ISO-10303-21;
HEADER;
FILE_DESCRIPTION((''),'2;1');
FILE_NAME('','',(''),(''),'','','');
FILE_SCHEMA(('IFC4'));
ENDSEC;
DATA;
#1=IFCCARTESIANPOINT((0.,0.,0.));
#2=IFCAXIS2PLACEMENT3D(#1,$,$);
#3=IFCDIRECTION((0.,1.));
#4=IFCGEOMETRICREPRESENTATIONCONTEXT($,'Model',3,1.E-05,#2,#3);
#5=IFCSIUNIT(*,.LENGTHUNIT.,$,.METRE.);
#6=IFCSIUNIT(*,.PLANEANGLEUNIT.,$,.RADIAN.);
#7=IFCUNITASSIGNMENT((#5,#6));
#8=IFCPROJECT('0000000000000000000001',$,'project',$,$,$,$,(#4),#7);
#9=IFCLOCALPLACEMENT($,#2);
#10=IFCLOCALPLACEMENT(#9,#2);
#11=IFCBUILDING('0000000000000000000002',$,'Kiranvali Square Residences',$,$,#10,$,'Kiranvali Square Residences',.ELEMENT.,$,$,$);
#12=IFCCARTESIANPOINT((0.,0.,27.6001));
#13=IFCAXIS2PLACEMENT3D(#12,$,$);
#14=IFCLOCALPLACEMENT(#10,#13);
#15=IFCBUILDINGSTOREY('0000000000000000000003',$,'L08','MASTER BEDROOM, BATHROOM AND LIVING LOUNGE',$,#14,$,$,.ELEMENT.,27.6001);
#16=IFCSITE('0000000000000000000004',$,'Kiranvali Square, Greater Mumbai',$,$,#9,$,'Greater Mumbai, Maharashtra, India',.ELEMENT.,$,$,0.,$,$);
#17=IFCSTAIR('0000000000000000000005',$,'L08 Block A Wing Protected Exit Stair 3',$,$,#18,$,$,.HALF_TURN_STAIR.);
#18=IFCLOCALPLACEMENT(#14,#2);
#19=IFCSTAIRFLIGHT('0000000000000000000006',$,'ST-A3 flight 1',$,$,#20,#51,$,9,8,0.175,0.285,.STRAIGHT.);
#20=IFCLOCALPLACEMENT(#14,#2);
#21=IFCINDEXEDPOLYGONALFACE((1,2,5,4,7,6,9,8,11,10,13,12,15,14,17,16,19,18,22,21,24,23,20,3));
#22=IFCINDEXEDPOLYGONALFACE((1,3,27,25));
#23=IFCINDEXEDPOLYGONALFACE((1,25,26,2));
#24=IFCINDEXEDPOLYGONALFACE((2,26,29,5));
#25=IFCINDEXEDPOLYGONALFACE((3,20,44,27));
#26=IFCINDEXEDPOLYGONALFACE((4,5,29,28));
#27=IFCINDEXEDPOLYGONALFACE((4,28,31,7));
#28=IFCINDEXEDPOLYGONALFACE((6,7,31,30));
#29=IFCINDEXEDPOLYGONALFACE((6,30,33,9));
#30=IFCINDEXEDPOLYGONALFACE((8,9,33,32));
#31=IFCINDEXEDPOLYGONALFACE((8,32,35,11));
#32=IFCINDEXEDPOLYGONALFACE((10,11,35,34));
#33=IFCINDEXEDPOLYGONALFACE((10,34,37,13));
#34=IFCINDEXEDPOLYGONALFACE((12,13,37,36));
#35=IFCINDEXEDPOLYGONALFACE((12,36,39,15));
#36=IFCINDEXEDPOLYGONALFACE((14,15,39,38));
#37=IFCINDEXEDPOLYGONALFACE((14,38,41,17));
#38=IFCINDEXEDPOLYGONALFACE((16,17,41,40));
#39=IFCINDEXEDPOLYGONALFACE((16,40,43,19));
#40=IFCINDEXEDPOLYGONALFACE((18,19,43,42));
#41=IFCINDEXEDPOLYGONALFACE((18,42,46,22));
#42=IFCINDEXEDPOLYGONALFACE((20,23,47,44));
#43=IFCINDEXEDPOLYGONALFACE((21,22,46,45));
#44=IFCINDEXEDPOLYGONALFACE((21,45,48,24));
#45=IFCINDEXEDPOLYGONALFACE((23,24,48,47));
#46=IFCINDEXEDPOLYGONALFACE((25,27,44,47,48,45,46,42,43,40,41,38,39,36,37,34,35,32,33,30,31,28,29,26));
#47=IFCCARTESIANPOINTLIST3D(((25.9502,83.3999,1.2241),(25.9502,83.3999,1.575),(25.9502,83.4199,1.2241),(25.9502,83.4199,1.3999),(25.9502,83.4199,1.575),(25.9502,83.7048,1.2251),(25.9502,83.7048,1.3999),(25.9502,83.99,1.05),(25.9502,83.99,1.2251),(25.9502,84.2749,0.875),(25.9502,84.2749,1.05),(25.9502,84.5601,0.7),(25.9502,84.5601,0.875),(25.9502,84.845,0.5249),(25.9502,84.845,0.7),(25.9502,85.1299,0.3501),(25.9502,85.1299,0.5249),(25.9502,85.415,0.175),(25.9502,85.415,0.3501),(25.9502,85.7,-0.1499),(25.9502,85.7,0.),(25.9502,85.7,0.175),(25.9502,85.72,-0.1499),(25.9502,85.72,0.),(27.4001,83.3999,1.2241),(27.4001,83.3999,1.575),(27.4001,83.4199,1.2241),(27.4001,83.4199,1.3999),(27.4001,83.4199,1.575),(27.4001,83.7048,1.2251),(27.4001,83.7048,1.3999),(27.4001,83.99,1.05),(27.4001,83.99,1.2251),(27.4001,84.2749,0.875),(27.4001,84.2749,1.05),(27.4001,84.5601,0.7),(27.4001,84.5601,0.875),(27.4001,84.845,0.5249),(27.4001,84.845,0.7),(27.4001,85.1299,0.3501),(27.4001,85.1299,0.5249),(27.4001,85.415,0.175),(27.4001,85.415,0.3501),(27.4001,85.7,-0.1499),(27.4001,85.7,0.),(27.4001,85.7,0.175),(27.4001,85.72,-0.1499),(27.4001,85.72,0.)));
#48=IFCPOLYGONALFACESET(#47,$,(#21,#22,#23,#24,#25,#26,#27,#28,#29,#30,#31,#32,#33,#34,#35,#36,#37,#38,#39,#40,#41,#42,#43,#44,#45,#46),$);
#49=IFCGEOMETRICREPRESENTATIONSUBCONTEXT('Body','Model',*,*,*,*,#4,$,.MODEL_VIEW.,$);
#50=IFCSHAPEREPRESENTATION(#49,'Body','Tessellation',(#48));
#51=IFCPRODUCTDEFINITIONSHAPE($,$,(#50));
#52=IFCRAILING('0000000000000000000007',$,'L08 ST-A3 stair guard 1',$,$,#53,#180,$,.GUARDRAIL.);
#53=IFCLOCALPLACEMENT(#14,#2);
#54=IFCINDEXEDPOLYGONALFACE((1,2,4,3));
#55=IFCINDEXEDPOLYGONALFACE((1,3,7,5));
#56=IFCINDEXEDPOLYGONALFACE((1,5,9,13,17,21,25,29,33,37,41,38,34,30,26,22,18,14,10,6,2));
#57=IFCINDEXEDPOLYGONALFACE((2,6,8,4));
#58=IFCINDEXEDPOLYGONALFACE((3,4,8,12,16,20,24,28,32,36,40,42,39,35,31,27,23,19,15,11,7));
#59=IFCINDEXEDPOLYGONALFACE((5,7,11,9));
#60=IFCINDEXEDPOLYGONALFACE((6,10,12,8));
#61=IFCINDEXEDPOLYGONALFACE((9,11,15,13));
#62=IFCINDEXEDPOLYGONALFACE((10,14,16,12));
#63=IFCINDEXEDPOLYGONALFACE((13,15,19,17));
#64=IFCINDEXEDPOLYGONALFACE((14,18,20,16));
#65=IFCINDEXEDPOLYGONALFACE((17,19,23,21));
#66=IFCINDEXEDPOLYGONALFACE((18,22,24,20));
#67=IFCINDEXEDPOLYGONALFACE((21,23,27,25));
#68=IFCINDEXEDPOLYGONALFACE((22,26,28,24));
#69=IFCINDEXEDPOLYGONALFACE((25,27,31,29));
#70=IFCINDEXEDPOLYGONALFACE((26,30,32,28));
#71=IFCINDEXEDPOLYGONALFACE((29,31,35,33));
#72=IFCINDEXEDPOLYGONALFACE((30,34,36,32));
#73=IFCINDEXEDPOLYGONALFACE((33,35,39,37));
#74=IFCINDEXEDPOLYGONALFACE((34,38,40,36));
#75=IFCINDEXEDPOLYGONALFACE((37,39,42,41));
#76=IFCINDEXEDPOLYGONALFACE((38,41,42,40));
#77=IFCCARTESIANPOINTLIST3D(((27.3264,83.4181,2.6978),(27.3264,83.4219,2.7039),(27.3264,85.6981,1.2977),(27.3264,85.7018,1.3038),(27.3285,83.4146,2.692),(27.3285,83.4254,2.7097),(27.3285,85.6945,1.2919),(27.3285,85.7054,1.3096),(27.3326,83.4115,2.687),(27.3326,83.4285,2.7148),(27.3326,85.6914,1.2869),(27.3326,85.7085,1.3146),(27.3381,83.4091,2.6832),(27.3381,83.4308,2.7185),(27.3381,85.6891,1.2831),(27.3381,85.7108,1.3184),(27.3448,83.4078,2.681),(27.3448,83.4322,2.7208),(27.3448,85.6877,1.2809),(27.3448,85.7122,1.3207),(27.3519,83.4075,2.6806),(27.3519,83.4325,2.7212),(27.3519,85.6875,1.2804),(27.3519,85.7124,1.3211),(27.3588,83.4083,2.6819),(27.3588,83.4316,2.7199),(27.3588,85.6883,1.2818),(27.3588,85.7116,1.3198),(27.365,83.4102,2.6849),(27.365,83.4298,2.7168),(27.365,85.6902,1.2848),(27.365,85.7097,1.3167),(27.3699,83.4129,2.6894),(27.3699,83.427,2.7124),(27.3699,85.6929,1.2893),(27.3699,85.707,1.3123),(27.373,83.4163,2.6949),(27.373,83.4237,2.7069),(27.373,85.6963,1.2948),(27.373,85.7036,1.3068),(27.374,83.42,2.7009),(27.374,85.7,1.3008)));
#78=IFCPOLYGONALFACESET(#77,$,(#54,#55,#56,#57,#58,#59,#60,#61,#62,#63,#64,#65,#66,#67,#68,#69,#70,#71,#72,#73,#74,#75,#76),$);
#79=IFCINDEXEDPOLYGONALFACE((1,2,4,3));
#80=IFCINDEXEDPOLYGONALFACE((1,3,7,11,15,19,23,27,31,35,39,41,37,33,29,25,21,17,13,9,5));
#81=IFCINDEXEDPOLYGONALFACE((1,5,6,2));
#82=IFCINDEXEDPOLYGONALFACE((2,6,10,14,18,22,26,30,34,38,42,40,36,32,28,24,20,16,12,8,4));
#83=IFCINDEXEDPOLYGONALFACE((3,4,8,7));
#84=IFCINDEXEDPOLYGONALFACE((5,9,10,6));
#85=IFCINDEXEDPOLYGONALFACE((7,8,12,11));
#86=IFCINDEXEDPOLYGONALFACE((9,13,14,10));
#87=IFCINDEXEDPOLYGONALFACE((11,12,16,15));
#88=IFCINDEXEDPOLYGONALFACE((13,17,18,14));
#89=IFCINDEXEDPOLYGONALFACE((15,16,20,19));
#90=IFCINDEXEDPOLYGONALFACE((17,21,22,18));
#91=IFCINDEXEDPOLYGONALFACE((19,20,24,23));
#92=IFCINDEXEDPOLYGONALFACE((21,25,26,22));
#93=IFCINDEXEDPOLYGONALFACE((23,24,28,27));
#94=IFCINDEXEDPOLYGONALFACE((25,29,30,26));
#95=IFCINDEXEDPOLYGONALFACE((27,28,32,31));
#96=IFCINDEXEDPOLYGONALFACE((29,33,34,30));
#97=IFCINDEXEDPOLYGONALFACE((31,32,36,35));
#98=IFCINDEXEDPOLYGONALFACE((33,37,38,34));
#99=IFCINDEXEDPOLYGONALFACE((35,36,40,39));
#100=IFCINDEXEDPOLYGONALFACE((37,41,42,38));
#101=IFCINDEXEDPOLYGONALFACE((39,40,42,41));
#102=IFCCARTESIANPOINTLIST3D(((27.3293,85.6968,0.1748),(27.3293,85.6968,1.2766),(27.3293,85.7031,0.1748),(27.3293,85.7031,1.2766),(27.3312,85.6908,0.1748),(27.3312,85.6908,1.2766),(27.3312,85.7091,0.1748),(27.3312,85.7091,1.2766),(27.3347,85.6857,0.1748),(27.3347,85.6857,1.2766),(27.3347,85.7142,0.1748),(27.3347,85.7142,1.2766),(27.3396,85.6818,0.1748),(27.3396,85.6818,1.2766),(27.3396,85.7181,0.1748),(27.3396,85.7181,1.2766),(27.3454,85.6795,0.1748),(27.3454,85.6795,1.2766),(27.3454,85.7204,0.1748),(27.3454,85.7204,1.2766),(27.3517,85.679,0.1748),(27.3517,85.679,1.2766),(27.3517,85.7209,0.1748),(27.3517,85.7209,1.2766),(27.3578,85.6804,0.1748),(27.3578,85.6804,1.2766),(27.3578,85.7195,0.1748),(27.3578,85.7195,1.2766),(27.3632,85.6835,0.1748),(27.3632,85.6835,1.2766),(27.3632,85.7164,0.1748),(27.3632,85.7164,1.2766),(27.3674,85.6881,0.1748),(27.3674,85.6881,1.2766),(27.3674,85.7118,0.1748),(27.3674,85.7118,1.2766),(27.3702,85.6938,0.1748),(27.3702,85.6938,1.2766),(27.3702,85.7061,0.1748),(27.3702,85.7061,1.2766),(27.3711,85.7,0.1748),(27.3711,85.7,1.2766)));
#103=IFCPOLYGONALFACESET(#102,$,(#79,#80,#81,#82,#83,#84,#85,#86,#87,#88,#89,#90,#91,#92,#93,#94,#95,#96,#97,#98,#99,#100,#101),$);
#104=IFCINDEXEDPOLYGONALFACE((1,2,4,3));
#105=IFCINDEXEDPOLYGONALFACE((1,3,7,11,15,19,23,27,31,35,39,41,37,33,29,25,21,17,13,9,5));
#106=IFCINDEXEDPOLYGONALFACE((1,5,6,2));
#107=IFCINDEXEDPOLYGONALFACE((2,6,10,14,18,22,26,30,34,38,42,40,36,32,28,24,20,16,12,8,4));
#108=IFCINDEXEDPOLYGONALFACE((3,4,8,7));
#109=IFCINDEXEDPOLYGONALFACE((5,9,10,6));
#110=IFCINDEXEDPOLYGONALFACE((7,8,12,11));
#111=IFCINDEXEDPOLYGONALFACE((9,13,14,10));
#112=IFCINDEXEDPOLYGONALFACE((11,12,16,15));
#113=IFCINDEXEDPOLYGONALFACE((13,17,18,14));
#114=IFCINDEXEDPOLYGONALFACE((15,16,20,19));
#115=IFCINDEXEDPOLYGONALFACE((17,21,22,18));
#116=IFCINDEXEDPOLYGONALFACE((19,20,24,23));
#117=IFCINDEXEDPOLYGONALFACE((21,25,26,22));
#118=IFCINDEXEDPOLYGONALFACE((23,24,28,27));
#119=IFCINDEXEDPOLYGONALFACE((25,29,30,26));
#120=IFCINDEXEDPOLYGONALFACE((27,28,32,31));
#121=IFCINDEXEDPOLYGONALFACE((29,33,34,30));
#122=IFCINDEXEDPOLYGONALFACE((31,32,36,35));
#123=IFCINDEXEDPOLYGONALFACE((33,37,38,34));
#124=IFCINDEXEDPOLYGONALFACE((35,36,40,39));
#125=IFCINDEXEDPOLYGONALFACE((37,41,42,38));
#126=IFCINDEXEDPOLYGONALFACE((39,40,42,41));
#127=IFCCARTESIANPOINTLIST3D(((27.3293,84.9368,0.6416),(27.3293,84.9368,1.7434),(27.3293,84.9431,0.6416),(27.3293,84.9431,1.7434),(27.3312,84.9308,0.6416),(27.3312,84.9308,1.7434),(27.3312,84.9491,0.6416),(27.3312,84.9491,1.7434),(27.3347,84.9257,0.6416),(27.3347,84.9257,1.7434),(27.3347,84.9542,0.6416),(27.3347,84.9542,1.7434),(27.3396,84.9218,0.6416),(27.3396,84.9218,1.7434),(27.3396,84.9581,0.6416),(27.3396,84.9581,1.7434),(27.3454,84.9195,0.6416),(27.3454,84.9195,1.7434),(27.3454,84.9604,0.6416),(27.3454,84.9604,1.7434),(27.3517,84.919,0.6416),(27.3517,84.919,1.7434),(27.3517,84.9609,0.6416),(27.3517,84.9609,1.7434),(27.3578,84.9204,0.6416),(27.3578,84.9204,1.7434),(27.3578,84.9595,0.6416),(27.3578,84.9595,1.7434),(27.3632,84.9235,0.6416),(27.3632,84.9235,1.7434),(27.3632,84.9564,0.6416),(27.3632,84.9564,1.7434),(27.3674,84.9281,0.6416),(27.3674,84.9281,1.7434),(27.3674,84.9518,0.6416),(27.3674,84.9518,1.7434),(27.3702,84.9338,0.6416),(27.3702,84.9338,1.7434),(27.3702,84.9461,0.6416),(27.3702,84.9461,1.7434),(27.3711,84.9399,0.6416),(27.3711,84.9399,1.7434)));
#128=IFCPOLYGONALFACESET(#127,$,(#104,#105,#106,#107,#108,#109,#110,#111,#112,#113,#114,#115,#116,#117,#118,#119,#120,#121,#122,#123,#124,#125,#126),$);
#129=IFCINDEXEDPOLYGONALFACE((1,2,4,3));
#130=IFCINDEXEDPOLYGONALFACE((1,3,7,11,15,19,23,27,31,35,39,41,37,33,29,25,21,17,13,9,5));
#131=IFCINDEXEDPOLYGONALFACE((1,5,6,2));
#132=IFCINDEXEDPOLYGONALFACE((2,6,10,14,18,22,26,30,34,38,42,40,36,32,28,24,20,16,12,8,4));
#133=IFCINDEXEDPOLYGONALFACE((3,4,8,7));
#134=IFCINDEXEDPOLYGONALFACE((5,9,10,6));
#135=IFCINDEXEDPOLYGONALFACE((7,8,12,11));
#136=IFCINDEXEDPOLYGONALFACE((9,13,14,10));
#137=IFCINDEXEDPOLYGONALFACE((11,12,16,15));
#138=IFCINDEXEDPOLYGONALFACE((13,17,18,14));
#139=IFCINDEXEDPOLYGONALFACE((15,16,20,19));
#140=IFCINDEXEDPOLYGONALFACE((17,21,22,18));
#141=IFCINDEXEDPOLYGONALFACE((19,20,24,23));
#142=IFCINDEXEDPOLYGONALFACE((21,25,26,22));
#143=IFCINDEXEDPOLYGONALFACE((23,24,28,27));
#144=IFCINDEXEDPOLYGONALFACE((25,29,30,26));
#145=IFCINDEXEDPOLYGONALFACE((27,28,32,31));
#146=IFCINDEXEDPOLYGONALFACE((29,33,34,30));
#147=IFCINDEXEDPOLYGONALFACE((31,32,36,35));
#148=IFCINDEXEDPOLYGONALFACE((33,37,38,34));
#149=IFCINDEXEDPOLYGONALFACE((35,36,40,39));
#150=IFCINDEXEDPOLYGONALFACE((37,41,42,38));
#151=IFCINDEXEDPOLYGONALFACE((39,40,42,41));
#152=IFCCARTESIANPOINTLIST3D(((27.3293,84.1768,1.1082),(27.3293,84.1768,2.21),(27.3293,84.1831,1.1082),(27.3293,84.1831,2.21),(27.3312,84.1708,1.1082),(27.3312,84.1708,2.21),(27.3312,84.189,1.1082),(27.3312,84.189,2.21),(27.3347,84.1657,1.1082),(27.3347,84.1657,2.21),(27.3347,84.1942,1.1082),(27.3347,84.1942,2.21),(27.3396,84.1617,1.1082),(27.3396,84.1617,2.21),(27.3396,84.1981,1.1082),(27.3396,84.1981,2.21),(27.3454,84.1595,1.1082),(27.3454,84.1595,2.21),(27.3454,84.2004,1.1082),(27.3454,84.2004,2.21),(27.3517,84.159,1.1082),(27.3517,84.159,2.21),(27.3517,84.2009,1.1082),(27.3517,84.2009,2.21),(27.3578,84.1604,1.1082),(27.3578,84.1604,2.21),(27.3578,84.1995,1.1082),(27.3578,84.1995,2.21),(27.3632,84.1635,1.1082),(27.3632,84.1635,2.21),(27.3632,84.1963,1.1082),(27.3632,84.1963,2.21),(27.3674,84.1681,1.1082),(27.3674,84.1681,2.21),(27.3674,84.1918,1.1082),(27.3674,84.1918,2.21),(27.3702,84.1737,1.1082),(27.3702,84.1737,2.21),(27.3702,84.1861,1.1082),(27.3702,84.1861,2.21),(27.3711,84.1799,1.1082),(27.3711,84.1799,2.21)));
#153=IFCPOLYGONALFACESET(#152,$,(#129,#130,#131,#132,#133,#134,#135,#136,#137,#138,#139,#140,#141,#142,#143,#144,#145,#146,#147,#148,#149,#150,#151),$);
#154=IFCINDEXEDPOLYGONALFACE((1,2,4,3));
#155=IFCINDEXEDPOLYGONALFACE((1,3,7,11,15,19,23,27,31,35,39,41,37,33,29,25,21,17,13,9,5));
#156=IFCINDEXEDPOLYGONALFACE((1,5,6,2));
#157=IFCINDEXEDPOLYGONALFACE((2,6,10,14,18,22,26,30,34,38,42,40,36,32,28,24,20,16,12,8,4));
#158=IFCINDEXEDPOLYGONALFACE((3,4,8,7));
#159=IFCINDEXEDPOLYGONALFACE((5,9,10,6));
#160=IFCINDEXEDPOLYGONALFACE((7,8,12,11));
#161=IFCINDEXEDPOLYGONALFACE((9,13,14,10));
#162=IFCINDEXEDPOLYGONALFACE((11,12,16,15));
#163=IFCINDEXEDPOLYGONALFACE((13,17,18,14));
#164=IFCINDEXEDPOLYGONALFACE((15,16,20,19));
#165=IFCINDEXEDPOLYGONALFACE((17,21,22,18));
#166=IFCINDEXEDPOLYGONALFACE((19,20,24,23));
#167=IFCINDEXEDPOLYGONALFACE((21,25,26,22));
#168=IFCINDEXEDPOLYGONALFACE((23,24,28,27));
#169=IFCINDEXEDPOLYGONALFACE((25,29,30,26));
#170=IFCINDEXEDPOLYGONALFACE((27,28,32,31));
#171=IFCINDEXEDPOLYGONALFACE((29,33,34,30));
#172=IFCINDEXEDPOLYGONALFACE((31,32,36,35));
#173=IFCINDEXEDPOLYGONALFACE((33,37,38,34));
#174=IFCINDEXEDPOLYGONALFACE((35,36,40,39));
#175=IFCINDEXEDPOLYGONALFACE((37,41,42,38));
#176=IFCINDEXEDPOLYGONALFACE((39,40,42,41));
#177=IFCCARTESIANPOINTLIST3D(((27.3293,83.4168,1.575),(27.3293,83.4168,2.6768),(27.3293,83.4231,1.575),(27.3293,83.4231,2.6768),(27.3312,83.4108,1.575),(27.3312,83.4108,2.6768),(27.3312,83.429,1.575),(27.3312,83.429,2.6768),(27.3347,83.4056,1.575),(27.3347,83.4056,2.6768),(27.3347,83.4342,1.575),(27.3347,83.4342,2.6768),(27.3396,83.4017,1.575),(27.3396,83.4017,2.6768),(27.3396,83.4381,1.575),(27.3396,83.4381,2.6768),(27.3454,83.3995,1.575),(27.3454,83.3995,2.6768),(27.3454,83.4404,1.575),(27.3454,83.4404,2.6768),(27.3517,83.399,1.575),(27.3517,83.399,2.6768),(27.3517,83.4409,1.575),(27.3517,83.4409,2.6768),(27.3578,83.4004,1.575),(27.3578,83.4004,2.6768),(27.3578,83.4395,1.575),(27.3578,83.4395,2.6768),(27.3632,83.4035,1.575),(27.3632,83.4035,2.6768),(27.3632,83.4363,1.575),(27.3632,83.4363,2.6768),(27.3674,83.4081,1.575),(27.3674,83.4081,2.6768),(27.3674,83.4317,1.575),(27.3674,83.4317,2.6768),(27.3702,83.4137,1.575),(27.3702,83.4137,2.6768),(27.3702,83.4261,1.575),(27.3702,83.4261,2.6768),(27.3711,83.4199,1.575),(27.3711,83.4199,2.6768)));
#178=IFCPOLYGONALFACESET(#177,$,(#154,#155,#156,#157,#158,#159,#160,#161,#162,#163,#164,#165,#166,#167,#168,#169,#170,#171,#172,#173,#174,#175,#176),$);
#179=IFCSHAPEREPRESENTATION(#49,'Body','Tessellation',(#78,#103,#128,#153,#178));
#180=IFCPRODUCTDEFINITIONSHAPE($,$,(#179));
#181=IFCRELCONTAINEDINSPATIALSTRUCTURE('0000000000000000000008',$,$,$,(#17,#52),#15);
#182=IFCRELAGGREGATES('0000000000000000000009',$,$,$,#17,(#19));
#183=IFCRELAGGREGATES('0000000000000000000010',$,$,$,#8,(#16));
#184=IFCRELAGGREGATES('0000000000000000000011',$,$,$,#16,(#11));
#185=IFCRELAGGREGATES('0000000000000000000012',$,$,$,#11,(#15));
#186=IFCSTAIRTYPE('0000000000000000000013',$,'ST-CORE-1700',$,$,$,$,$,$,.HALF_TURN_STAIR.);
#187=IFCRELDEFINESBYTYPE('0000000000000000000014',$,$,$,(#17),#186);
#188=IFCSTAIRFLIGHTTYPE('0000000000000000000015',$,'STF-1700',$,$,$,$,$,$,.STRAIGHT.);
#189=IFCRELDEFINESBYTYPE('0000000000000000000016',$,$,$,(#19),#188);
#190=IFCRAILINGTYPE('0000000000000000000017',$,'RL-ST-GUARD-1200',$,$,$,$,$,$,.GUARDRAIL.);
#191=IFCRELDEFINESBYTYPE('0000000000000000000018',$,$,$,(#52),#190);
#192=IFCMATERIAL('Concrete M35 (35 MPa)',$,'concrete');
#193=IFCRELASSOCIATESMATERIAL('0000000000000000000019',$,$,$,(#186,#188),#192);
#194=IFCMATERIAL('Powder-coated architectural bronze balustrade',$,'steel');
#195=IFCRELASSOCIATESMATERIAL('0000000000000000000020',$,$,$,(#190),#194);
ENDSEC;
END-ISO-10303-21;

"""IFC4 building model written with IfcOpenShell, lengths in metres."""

from ifc_helpers import new_model, si_unit, direction, frame, origin, origin_2d, place, context, subcontext, project, spatial, polyline, circle, outline, extrude, material, type_object, element, aggregate, save


model = new_model("IFC4")

# Units and contexts
model_context = context("Model", 3, precision=1e-05, world=origin(), true_north=direction((0.0, 1.0)))
body_context = subcontext(model_context, "Body", "Model", "MODEL_VIEW")
ifc_project = project(units=[si_unit("LENGTHUNIT", "METRE"), si_unit("PLANEANGLEUNIT", "RADIAN")], contexts=[model_context])

# Site, building, storey
site_placement = place(None, origin())
site = spatial("IfcSite", under=ifc_project, at=site_placement, Name="Kiranvali Square, Greater Mumbai", LongName="Greater Mumbai, Maharashtra, India", CompositionType="ELEMENT", RefElevation=0.0)
building_placement = place(site_placement, origin())
building = spatial("IfcBuilding", under=site, at=building_placement, Name="Kiranvali Square Residences", LongName="Kiranvali Square Residences", CompositionType="ELEMENT")
storey_placement = place(building_placement, frame((0.0, 0.0, 27.6001)))
storey = spatial("IfcBuildingStorey", under=building, at=storey_placement, Name="L08", Description="MASTER BEDROOM, BATHROOM AND LIVING LOUNGE", CompositionType="ELEMENT", Elevation=27.6001)

# Stair, stair flight
ifc_material_1 = material(Name="Concrete M35 (35 MPa)", Category="concrete")
stair_type = type_object("IfcStairType", Name="ST-CORE-1700", PredefinedType="HALF_TURN_STAIR", material=ifc_material_1)
stair_placement = place(storey_placement, origin())
stair = element("IfcStair", 1, at=stair_placement, inside=storey, type_object=stair_type, Name="L08 Block A Wing Protected Exit Stair 3", PredefinedType="HALF_TURN_STAIR")
stair_flight_type = type_object("IfcStairFlightType", Name="STF-1700", PredefinedType="STRAIGHT", material=ifc_material_1)
stair_flight_placement = place(storey_placement, frame((26.675, 85.7, 0.0), z_axis=(0.0, 0.0, 1.0), x_axis=(0.0, -1.0, 0.0)))
stair_flight = element("IfcStairFlight", 2, at=stair_flight_placement, type_object=stair_flight_type, Name="ST-A3 flight 1", NumberOfRisers=9, NumberOfTreads=8, PredefinedType="STRAIGHT", RiserHeight=0.175, TreadLength=0.285, context=body_context, shape_type="SweptSolid", body=[
    extrude(outline(polyline([(-0.02, -0.1499), (-0.02, 0.0), (0.0, 0.0), (0.0, 0.175), (0.2849, 0.175), (0.2849, 0.3501), (0.5701, 0.3501), (0.5701, 0.5249), (0.855, 0.5249), (0.855, 0.7), (1.1399, 0.7), (1.1399, 0.875), (1.425, 0.875), (1.425, 1.05), (1.71, 1.05), (1.71, 1.2251), (1.9951, 1.2251), (1.9951, 1.3999), (2.28, 1.3999), (2.28, 1.575), (2.3, 1.575), (2.3, 1.2241), (2.28, 1.2241), (0.0, -0.1499), (-0.02, -0.1499)])), frame((0.0, 0.7251, 0.0), z_axis=(0.0, -1.0, 0.0), x_axis=(1.0, 0.0, 0.0)), (0.0, 0.0, 1.0), 1.45),
])
aggregate(stair, [stair_flight])

# Railing
ifc_material_2 = material(Name="Powder-coated architectural bronze balustrade", Category="steel")
railing_type = type_object("IfcRailingType", Name="RL-ST-GUARD-1200", PredefinedType="GUARDRAIL", material=ifc_material_2)
railing_1_placement = place(storey_placement, frame((27.3501, 85.7, 0.1748)))
element("IfcRailing", 3, at=railing_1_placement, inside=storey, type_object=railing_type, Name="L08 ST-A3 stair guard 1", PredefinedType="GUARDRAIL", context=body_context, shape_type="SweptSolid", body=[
    extrude(circle(Radius=0.0239, at=origin_2d()), frame((0.0, 0.0, 1.126), z_axis=(0.0, -0.85215, 0.523298), x_axis=(1.0, 0.0, 0.0)), (0.0, 0.0, 1.0), 2.6755),
    extrude(circle(Radius=0.021, at=origin_2d()), origin(), (0.0, 0.0, 1.0), 1.1018),
    extrude(circle(Radius=0.021, at=origin_2d()), frame((0.0, -0.76, 0.4668)), (0.0, 0.0, 1.0), 1.1018),
    extrude(circle(Radius=0.021, at=origin_2d()), frame((0.0, -1.52, 0.9333)), (0.0, 0.0, 1.0), 1.1018),
    extrude(circle(Radius=0.021, at=origin_2d()), frame((0.0, -2.28, 1.4001)), (0.0, 0.0, 1.0), 1.1018),
])

save(model, "model.ifc")
